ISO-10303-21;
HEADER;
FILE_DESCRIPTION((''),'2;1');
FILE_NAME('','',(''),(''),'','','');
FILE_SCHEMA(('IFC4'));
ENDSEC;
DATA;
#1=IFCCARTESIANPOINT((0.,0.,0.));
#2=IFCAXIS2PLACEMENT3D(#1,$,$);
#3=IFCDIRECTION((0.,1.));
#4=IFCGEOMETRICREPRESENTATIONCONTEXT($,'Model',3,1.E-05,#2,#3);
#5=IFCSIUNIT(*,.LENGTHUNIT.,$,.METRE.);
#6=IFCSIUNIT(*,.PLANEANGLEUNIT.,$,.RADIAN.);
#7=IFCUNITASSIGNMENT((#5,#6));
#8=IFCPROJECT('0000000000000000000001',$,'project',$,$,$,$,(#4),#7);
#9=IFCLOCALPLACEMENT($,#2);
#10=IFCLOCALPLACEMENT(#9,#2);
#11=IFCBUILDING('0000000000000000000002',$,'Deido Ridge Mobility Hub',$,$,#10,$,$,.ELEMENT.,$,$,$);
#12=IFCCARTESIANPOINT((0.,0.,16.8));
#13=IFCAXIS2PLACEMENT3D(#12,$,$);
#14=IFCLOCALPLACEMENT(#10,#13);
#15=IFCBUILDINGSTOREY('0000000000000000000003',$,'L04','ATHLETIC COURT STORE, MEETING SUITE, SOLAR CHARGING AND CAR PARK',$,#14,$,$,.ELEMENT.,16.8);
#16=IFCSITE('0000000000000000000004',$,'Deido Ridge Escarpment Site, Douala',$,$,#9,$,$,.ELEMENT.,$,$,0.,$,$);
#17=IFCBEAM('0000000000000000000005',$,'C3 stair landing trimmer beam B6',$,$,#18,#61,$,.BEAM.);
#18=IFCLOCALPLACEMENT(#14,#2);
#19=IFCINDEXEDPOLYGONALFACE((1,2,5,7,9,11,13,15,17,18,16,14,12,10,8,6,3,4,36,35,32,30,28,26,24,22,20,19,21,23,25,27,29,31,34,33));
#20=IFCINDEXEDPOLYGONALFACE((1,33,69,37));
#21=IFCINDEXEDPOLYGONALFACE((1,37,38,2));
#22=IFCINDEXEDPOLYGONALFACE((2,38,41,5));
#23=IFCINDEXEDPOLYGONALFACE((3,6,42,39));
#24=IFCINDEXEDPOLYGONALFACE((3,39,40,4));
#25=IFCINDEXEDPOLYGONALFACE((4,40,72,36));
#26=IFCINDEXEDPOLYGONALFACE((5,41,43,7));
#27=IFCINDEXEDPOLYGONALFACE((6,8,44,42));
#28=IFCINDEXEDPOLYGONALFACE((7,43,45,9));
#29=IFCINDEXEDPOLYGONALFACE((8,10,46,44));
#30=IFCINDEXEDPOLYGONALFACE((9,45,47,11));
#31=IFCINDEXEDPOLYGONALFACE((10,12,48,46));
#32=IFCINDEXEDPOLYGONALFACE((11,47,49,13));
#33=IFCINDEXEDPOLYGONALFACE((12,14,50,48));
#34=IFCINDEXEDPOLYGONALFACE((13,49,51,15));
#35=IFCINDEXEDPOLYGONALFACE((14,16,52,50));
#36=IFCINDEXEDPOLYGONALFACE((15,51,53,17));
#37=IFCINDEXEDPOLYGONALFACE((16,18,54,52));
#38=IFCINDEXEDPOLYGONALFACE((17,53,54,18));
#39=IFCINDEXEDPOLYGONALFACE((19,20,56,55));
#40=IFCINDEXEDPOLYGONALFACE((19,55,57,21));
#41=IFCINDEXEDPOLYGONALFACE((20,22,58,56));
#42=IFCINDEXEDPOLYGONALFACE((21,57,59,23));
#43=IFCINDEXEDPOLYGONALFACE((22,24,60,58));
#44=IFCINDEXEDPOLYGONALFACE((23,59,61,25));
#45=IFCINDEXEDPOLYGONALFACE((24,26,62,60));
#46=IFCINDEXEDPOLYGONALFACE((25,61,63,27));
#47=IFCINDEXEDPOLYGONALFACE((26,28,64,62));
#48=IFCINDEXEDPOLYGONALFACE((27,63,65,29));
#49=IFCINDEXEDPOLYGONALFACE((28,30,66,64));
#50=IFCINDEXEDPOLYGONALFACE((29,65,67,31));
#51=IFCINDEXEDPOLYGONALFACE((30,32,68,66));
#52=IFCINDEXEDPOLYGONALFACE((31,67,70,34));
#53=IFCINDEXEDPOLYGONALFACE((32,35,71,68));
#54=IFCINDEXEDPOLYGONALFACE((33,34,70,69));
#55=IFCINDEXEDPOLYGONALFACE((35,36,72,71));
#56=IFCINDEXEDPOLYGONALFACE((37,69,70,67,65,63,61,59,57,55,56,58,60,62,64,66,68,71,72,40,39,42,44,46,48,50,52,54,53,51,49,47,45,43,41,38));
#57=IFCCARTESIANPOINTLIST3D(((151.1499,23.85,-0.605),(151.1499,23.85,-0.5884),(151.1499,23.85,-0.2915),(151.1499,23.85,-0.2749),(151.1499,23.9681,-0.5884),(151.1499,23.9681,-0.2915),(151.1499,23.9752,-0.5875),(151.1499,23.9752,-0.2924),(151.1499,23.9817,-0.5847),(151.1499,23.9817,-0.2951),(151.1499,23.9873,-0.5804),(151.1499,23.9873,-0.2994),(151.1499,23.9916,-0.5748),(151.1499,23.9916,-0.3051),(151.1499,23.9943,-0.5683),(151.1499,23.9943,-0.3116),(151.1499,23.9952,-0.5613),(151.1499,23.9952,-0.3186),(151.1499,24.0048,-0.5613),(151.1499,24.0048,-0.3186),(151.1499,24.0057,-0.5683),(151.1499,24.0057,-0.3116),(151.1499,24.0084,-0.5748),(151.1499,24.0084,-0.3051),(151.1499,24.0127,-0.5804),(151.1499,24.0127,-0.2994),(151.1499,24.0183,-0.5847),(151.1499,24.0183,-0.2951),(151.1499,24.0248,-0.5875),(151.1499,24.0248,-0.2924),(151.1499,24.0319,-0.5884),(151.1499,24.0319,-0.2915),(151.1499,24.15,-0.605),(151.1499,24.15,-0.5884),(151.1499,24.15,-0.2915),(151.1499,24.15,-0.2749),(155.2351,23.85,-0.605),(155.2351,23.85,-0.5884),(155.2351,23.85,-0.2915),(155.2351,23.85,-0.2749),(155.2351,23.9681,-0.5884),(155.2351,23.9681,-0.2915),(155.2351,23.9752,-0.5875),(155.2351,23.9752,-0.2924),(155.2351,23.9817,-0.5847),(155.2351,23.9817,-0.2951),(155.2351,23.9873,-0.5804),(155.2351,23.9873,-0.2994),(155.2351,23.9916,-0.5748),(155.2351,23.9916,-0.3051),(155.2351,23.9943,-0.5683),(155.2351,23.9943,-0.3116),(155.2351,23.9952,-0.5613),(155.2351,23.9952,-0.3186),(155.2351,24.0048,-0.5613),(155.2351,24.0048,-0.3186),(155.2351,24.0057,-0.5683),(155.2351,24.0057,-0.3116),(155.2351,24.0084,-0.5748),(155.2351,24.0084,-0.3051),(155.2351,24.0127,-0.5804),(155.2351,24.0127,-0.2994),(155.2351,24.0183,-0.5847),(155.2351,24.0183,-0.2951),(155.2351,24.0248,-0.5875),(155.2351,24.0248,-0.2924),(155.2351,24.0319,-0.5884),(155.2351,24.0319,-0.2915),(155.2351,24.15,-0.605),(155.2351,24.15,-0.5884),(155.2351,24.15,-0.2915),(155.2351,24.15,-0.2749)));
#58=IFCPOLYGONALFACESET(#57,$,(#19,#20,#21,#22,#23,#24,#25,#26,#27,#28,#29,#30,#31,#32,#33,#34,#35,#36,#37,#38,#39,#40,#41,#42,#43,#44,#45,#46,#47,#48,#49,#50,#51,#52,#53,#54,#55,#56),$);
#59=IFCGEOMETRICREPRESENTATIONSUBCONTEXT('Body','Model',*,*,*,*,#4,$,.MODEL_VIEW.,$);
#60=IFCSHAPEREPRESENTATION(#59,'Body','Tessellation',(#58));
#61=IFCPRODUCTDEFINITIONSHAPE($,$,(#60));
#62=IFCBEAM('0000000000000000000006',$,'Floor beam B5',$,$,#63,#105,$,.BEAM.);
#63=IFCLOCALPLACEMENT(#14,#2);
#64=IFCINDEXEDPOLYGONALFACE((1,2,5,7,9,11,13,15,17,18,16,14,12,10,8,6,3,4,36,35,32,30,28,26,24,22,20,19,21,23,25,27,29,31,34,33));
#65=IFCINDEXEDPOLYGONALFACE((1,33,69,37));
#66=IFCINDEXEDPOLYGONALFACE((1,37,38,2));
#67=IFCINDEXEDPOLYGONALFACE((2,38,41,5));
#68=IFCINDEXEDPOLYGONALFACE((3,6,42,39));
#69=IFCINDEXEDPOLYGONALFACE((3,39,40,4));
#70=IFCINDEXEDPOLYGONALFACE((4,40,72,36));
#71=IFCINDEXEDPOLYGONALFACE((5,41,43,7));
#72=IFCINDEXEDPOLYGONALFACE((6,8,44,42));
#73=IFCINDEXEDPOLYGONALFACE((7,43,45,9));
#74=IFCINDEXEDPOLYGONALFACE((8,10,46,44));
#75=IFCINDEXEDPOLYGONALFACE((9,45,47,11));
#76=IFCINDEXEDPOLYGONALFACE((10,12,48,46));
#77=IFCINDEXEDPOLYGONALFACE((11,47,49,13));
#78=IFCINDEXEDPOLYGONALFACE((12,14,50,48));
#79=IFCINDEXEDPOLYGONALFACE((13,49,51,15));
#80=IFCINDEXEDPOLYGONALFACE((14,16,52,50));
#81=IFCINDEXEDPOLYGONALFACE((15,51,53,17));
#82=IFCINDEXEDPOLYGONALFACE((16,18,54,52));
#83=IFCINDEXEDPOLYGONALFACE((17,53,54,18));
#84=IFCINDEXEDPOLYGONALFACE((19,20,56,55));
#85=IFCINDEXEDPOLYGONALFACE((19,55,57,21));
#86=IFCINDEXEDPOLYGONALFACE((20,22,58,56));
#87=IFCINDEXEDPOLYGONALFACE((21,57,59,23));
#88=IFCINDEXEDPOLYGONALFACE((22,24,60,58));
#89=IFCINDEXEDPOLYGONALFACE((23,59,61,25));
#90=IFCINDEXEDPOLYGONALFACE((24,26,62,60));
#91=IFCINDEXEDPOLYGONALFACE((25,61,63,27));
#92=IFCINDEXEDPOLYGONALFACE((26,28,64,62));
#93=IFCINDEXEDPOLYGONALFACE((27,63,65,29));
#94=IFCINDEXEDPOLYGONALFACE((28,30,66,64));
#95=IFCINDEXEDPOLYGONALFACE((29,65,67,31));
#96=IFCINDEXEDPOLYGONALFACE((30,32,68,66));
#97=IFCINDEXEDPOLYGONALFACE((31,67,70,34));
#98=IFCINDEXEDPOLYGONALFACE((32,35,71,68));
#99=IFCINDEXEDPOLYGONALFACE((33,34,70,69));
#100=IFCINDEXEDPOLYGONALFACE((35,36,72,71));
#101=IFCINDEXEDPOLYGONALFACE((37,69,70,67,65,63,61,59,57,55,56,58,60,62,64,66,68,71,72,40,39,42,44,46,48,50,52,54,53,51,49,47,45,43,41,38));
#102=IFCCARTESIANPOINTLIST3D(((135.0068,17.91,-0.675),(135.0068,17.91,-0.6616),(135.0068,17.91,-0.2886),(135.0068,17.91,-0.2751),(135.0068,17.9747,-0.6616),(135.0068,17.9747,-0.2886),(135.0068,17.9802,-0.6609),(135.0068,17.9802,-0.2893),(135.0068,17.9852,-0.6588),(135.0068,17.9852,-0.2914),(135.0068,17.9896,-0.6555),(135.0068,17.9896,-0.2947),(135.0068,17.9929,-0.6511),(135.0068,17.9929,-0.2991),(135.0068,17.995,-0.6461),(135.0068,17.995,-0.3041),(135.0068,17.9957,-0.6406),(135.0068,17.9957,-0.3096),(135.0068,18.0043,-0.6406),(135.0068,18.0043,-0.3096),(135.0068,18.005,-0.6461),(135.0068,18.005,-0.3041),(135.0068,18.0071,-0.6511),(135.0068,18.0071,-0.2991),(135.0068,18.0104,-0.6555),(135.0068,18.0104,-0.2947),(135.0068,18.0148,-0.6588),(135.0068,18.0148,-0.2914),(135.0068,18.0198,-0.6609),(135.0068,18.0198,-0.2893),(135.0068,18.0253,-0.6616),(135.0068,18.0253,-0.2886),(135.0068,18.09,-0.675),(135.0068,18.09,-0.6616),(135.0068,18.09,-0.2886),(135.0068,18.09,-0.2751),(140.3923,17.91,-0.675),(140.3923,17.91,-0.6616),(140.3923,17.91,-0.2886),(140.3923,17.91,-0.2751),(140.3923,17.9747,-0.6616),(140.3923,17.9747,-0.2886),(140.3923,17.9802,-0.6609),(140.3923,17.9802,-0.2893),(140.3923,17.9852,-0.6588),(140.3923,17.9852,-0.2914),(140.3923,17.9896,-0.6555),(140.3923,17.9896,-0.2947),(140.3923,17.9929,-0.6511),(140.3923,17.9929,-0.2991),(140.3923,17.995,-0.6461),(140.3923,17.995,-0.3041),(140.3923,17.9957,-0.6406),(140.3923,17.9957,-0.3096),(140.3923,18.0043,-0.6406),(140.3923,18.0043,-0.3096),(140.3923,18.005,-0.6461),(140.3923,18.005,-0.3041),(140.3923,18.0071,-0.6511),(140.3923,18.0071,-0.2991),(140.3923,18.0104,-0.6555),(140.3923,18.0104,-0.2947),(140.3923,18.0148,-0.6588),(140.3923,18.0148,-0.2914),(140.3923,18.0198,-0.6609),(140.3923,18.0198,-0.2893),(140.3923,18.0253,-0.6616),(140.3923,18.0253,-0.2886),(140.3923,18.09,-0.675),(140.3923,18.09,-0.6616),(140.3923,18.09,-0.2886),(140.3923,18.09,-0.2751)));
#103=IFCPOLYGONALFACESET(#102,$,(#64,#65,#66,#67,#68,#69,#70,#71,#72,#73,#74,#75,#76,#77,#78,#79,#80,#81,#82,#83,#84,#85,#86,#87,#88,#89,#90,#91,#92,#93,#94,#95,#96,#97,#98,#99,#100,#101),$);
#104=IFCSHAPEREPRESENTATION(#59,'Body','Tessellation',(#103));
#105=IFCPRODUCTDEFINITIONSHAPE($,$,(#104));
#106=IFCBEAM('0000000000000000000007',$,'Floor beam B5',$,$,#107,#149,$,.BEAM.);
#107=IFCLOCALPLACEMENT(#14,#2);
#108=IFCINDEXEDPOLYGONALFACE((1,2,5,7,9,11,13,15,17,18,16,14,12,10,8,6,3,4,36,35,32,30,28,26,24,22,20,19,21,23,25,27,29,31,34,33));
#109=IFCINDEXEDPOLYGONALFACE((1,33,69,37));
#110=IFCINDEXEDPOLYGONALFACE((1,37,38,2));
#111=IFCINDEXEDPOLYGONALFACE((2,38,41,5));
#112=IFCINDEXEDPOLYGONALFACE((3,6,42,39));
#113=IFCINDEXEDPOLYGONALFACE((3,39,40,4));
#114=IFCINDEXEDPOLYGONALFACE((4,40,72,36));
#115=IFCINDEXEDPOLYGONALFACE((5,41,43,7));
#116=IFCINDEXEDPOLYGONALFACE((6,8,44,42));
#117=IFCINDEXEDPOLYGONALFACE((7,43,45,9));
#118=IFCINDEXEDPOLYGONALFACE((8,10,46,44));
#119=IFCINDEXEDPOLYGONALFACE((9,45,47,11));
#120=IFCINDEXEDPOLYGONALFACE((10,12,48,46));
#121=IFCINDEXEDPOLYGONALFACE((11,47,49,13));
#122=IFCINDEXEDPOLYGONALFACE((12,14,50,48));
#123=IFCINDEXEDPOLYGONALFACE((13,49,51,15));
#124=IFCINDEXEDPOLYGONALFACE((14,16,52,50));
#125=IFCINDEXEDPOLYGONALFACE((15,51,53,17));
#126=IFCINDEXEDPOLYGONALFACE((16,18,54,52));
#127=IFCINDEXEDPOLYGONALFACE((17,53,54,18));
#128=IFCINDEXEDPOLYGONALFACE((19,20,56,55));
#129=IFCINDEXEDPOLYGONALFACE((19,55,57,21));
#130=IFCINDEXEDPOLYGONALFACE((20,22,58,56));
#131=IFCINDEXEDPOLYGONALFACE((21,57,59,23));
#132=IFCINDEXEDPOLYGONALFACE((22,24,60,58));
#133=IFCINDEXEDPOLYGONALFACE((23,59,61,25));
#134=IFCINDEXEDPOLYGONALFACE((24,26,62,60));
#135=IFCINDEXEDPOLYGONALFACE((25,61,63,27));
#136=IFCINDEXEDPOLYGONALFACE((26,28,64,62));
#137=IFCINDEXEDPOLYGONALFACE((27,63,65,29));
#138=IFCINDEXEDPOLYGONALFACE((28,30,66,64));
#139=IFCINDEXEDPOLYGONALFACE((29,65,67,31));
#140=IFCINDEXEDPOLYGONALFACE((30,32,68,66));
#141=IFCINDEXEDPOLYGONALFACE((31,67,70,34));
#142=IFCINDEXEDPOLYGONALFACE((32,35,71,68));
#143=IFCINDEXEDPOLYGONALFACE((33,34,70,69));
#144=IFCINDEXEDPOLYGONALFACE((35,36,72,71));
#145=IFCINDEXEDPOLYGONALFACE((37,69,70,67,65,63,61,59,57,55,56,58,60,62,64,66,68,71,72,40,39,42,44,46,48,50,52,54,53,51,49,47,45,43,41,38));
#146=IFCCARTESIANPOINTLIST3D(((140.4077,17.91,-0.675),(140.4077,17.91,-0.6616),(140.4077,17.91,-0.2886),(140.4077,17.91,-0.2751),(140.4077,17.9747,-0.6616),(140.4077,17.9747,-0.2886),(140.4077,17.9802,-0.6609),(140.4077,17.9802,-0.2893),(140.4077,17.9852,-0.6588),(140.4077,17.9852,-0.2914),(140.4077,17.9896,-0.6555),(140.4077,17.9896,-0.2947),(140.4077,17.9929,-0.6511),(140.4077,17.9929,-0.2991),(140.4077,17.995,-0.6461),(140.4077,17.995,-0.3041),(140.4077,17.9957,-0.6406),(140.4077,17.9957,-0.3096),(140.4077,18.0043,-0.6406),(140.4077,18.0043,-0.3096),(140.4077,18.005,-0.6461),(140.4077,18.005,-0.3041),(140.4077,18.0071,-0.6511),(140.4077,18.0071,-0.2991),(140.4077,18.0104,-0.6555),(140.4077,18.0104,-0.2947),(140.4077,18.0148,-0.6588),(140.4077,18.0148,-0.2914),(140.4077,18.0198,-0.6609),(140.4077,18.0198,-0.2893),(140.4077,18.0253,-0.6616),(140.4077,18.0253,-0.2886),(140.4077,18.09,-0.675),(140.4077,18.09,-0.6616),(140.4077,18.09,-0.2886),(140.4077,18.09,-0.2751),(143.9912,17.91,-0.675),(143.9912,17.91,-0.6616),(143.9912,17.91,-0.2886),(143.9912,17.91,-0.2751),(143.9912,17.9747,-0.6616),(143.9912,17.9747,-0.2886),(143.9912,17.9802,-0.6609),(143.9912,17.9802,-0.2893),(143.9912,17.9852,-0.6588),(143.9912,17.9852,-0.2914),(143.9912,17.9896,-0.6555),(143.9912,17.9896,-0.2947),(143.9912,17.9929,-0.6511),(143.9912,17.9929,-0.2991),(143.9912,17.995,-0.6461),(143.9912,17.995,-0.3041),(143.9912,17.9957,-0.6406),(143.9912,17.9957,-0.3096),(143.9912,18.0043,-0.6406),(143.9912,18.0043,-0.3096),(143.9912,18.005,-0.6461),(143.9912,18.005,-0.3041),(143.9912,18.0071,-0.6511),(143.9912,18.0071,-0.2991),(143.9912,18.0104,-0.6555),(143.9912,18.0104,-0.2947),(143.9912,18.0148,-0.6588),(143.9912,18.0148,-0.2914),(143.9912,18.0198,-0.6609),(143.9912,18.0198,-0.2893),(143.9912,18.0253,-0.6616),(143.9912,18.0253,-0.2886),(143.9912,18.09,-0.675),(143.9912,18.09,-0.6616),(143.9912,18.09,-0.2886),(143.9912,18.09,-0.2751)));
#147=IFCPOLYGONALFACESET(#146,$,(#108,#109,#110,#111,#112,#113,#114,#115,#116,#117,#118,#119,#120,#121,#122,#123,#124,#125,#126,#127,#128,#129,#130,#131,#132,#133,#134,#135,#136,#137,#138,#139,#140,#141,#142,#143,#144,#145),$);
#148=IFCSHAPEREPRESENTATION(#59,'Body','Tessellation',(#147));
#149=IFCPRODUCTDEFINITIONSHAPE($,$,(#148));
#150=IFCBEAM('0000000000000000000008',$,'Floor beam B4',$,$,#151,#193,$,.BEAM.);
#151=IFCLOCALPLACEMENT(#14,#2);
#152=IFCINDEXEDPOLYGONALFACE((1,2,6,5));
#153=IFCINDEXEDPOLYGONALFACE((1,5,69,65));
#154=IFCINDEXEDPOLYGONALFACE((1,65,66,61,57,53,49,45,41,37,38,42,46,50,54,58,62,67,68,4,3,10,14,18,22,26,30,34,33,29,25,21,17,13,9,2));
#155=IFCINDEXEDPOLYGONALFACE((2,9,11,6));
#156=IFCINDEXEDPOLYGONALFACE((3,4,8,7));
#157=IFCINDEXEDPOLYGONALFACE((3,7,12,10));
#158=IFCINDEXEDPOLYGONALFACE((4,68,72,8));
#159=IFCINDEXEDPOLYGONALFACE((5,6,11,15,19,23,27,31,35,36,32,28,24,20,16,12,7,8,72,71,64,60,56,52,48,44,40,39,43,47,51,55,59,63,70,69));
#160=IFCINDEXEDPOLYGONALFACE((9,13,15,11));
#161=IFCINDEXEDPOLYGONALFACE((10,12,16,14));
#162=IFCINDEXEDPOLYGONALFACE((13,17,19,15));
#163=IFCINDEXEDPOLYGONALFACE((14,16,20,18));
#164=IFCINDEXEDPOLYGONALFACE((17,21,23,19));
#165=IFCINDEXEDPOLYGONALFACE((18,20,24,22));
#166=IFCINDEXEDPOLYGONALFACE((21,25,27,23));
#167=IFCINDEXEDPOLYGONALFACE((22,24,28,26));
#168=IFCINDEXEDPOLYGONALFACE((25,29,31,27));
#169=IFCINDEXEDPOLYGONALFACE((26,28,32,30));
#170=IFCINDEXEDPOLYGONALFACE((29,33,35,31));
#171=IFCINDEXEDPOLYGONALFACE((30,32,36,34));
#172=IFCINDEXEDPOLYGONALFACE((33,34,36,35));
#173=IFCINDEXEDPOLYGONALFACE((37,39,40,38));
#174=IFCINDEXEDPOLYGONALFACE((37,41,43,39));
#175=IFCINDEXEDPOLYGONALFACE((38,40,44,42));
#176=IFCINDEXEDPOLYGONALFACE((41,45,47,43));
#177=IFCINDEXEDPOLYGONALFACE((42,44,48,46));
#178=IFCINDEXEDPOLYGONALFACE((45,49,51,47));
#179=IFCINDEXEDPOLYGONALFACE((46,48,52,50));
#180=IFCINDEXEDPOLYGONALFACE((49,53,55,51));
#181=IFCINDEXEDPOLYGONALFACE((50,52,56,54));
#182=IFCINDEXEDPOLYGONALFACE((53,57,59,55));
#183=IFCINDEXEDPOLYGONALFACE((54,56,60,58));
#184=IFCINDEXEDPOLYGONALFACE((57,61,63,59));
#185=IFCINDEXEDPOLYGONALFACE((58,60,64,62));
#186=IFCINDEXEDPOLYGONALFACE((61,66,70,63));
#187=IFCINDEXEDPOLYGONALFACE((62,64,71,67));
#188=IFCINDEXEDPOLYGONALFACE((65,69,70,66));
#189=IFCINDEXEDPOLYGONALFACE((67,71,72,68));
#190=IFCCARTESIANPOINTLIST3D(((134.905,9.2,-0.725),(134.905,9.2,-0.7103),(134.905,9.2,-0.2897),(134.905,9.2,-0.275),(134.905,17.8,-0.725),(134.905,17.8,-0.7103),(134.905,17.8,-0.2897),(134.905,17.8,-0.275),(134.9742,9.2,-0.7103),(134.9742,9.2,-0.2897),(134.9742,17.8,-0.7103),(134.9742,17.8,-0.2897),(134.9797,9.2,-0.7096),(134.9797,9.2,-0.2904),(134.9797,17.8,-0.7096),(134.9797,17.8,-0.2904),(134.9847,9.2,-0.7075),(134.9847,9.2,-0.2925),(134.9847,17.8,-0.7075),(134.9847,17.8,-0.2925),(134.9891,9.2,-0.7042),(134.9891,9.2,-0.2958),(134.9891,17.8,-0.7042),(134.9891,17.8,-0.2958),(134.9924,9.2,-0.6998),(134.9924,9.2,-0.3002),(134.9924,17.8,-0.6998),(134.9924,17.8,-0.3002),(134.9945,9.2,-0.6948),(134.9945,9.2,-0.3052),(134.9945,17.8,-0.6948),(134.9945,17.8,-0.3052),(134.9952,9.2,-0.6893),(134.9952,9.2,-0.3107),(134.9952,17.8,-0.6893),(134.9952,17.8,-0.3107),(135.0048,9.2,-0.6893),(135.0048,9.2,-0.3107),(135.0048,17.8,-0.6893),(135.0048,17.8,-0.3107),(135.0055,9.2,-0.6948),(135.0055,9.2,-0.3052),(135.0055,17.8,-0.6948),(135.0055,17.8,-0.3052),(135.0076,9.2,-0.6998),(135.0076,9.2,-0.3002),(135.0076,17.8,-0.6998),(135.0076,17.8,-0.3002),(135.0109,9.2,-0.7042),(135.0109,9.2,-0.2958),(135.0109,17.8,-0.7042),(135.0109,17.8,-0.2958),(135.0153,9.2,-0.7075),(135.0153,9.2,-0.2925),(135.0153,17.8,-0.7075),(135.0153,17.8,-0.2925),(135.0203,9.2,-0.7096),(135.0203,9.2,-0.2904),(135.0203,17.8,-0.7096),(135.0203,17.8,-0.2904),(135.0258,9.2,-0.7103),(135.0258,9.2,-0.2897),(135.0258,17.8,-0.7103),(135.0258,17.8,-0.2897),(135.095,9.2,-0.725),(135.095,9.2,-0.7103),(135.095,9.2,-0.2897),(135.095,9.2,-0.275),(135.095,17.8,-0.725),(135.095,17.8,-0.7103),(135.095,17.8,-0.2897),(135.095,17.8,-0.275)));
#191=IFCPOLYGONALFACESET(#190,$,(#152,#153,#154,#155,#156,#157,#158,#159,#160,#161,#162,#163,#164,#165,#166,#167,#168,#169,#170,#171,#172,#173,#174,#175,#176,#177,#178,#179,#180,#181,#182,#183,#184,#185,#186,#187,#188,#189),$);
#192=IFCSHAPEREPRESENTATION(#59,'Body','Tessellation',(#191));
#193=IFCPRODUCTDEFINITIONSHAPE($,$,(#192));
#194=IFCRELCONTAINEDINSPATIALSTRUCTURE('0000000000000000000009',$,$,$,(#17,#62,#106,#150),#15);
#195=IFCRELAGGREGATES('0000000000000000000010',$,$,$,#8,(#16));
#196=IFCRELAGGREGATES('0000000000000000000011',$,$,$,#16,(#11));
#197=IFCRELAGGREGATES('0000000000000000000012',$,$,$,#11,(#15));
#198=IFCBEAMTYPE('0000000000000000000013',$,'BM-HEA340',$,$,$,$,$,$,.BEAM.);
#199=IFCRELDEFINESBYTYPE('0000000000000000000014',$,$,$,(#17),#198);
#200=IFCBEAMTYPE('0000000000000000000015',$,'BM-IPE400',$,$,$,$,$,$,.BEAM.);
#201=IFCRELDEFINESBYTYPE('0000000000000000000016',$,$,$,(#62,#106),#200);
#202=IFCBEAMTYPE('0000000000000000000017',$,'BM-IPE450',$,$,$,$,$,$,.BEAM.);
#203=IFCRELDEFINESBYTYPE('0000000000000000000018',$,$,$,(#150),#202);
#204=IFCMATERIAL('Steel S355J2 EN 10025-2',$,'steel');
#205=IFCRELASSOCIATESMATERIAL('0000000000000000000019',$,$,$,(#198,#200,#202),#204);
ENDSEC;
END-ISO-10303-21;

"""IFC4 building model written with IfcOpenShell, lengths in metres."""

from ifc_helpers import new_model, si_unit, direction, frame, origin, origin_2d, place, context, subcontext, project, spatial, i_section, extrude, material, material_profile, profile_set, type_object, element, save


model = new_model("IFC4")

# Units and contexts
model_context = context("Model", 3, precision=1e-05, world=origin(), true_north=direction((0.0, 1.0)))
body_context = subcontext(model_context, "Body", "Model", "MODEL_VIEW")
ifc_project = project(units=[si_unit("LENGTHUNIT", "METRE"), si_unit("PLANEANGLEUNIT", "RADIAN")], contexts=[model_context])

# Site, building, storey
site_placement = place(None, origin())
site = spatial("IfcSite", under=ifc_project, at=site_placement, Name="Deido Ridge Escarpment Site, Douala", CompositionType="ELEMENT", RefElevation=0.0)
building_placement = place(site_placement, origin())
building = spatial("IfcBuilding", under=site, at=building_placement, Name="Deido Ridge Mobility Hub", CompositionType="ELEMENT")
storey_placement = place(building_placement, frame((0.0, 0.0, 16.8)))
storey = spatial("IfcBuildingStorey", under=building, at=storey_placement, Name="L04", Description="ATHLETIC COURT STORE, MEETING SUITE, SOLAR CHARGING AND CAR PARK", CompositionType="ELEMENT", Elevation=16.8)

# Shared definitions
ifc_material_1 = material(Name="Steel S355J2 EN 10025-2", Category="steel")

# Beams
ifc_material_profile_1 = material_profile(ifc_material_1, i_section(OverallWidth=0.3, OverallDepth=0.3301, WebThickness=0.0095, FlangeThickness=0.0166, FilletRadius=0.0271, at=origin_2d()), Name="HEA 340")
ifc_profile_set_1 = profile_set([ifc_material_profile_1], Name="Steel S355J2 EN 10025-2")
beam_type_1 = type_object("IfcBeamType", Name="BM-HEA340", PredefinedType="BEAM", material=ifc_profile_set_1)
beam_1_placement = place(storey_placement, frame((151.1499, 24.0, -0.4399), z_axis=(1.0, 0.0, 0.0), x_axis=(0.0, 1.0, 0.0)))
element("IfcBeam", 1, at=beam_1_placement, inside=storey, type_object=beam_type_1, Name="C3 stair landing trimmer beam B6", PredefinedType="BEAM", context=body_context, shape_type="SweptSolid", body=[
    extrude(i_section(OverallWidth=0.3, OverallDepth=0.3301, WebThickness=0.0095, FlangeThickness=0.0166, FilletRadius=0.0271, at=origin_2d()), origin(), (0.0, 0.0, 1.0), 4.0852),
])
ifc_material_profile_2 = material_profile(ifc_material_1, i_section(OverallWidth=0.1799, OverallDepth=0.3999, WebThickness=0.0085, FlangeThickness=0.0134, FilletRadius=0.021, at=origin_2d()), Name="IPE 400")
ifc_profile_set_2 = profile_set([ifc_material_profile_2], Name="Steel S355J2 EN 10025-2")
beam_type_2 = type_object("IfcBeamType", Name="BM-IPE400", PredefinedType="BEAM", material=ifc_profile_set_2)
beam_2_placement = place(storey_placement, frame((135.0068, 18.0, -0.4751), z_axis=(1.0, 0.0, 0.0), x_axis=(0.0, 1.0, 0.0)))
element("IfcBeam", 2, at=beam_2_placement, inside=storey, type_object=beam_type_2, Name="Floor beam B5", PredefinedType="BEAM", context=body_context, shape_type="SweptSolid", body=[
    extrude(i_section(OverallWidth=0.1799, OverallDepth=0.3999, WebThickness=0.0085, FlangeThickness=0.0134, FilletRadius=0.021, at=origin_2d()), origin(), (0.0, 0.0, 1.0), 5.3855),
])
beam_3_placement = place(storey_placement, frame((140.4077, 18.0, -0.4751), z_axis=(1.0, 0.0, 0.0), x_axis=(0.0, 1.0, 0.0)))
element("IfcBeam", 3, at=beam_3_placement, inside=storey, type_object=beam_type_2, Name="Floor beam B5", PredefinedType="BEAM", context=body_context, shape_type="SweptSolid", body=[
    extrude(i_section(OverallWidth=0.1799, OverallDepth=0.3999, WebThickness=0.0085, FlangeThickness=0.0134, FilletRadius=0.021, at=origin_2d()), origin(), (0.0, 0.0, 1.0), 3.5835),
])
ifc_material_profile_3 = material_profile(ifc_material_1, i_section(OverallWidth=0.1899, OverallDepth=0.45, WebThickness=0.0095, FlangeThickness=0.0146, FilletRadius=0.021, at=origin_2d()), Name="IPE 450")
ifc_profile_set_3 = profile_set([ifc_material_profile_3], Name="Steel S355J2 EN 10025-2")
beam_type_3 = type_object("IfcBeamType", Name="BM-IPE450", PredefinedType="BEAM", material=ifc_profile_set_3)
for number, where, z_axis, x_axis, name in (
    (4, (135.0, 9.2, -0.5), (0.0, 1.0, 0.0), (-1.0, 0.0, 0.0), "Floor beam B4"),
):
    element("IfcBeam", number, at=place(storey_placement, frame(where, z_axis=z_axis, x_axis=x_axis)), inside=storey, type_object=beam_type_3, Name=name, PredefinedType="BEAM", context=body_context, shape_type="SweptSolid", body=[
        extrude(i_section(OverallWidth=0.1899, OverallDepth=0.45, WebThickness=0.0095, FlangeThickness=0.0146, FilletRadius=0.021, at=origin_2d()), origin(), (0.0, 0.0, 1.0), 8.6001),
    ])

save(model, "model.ifc")
